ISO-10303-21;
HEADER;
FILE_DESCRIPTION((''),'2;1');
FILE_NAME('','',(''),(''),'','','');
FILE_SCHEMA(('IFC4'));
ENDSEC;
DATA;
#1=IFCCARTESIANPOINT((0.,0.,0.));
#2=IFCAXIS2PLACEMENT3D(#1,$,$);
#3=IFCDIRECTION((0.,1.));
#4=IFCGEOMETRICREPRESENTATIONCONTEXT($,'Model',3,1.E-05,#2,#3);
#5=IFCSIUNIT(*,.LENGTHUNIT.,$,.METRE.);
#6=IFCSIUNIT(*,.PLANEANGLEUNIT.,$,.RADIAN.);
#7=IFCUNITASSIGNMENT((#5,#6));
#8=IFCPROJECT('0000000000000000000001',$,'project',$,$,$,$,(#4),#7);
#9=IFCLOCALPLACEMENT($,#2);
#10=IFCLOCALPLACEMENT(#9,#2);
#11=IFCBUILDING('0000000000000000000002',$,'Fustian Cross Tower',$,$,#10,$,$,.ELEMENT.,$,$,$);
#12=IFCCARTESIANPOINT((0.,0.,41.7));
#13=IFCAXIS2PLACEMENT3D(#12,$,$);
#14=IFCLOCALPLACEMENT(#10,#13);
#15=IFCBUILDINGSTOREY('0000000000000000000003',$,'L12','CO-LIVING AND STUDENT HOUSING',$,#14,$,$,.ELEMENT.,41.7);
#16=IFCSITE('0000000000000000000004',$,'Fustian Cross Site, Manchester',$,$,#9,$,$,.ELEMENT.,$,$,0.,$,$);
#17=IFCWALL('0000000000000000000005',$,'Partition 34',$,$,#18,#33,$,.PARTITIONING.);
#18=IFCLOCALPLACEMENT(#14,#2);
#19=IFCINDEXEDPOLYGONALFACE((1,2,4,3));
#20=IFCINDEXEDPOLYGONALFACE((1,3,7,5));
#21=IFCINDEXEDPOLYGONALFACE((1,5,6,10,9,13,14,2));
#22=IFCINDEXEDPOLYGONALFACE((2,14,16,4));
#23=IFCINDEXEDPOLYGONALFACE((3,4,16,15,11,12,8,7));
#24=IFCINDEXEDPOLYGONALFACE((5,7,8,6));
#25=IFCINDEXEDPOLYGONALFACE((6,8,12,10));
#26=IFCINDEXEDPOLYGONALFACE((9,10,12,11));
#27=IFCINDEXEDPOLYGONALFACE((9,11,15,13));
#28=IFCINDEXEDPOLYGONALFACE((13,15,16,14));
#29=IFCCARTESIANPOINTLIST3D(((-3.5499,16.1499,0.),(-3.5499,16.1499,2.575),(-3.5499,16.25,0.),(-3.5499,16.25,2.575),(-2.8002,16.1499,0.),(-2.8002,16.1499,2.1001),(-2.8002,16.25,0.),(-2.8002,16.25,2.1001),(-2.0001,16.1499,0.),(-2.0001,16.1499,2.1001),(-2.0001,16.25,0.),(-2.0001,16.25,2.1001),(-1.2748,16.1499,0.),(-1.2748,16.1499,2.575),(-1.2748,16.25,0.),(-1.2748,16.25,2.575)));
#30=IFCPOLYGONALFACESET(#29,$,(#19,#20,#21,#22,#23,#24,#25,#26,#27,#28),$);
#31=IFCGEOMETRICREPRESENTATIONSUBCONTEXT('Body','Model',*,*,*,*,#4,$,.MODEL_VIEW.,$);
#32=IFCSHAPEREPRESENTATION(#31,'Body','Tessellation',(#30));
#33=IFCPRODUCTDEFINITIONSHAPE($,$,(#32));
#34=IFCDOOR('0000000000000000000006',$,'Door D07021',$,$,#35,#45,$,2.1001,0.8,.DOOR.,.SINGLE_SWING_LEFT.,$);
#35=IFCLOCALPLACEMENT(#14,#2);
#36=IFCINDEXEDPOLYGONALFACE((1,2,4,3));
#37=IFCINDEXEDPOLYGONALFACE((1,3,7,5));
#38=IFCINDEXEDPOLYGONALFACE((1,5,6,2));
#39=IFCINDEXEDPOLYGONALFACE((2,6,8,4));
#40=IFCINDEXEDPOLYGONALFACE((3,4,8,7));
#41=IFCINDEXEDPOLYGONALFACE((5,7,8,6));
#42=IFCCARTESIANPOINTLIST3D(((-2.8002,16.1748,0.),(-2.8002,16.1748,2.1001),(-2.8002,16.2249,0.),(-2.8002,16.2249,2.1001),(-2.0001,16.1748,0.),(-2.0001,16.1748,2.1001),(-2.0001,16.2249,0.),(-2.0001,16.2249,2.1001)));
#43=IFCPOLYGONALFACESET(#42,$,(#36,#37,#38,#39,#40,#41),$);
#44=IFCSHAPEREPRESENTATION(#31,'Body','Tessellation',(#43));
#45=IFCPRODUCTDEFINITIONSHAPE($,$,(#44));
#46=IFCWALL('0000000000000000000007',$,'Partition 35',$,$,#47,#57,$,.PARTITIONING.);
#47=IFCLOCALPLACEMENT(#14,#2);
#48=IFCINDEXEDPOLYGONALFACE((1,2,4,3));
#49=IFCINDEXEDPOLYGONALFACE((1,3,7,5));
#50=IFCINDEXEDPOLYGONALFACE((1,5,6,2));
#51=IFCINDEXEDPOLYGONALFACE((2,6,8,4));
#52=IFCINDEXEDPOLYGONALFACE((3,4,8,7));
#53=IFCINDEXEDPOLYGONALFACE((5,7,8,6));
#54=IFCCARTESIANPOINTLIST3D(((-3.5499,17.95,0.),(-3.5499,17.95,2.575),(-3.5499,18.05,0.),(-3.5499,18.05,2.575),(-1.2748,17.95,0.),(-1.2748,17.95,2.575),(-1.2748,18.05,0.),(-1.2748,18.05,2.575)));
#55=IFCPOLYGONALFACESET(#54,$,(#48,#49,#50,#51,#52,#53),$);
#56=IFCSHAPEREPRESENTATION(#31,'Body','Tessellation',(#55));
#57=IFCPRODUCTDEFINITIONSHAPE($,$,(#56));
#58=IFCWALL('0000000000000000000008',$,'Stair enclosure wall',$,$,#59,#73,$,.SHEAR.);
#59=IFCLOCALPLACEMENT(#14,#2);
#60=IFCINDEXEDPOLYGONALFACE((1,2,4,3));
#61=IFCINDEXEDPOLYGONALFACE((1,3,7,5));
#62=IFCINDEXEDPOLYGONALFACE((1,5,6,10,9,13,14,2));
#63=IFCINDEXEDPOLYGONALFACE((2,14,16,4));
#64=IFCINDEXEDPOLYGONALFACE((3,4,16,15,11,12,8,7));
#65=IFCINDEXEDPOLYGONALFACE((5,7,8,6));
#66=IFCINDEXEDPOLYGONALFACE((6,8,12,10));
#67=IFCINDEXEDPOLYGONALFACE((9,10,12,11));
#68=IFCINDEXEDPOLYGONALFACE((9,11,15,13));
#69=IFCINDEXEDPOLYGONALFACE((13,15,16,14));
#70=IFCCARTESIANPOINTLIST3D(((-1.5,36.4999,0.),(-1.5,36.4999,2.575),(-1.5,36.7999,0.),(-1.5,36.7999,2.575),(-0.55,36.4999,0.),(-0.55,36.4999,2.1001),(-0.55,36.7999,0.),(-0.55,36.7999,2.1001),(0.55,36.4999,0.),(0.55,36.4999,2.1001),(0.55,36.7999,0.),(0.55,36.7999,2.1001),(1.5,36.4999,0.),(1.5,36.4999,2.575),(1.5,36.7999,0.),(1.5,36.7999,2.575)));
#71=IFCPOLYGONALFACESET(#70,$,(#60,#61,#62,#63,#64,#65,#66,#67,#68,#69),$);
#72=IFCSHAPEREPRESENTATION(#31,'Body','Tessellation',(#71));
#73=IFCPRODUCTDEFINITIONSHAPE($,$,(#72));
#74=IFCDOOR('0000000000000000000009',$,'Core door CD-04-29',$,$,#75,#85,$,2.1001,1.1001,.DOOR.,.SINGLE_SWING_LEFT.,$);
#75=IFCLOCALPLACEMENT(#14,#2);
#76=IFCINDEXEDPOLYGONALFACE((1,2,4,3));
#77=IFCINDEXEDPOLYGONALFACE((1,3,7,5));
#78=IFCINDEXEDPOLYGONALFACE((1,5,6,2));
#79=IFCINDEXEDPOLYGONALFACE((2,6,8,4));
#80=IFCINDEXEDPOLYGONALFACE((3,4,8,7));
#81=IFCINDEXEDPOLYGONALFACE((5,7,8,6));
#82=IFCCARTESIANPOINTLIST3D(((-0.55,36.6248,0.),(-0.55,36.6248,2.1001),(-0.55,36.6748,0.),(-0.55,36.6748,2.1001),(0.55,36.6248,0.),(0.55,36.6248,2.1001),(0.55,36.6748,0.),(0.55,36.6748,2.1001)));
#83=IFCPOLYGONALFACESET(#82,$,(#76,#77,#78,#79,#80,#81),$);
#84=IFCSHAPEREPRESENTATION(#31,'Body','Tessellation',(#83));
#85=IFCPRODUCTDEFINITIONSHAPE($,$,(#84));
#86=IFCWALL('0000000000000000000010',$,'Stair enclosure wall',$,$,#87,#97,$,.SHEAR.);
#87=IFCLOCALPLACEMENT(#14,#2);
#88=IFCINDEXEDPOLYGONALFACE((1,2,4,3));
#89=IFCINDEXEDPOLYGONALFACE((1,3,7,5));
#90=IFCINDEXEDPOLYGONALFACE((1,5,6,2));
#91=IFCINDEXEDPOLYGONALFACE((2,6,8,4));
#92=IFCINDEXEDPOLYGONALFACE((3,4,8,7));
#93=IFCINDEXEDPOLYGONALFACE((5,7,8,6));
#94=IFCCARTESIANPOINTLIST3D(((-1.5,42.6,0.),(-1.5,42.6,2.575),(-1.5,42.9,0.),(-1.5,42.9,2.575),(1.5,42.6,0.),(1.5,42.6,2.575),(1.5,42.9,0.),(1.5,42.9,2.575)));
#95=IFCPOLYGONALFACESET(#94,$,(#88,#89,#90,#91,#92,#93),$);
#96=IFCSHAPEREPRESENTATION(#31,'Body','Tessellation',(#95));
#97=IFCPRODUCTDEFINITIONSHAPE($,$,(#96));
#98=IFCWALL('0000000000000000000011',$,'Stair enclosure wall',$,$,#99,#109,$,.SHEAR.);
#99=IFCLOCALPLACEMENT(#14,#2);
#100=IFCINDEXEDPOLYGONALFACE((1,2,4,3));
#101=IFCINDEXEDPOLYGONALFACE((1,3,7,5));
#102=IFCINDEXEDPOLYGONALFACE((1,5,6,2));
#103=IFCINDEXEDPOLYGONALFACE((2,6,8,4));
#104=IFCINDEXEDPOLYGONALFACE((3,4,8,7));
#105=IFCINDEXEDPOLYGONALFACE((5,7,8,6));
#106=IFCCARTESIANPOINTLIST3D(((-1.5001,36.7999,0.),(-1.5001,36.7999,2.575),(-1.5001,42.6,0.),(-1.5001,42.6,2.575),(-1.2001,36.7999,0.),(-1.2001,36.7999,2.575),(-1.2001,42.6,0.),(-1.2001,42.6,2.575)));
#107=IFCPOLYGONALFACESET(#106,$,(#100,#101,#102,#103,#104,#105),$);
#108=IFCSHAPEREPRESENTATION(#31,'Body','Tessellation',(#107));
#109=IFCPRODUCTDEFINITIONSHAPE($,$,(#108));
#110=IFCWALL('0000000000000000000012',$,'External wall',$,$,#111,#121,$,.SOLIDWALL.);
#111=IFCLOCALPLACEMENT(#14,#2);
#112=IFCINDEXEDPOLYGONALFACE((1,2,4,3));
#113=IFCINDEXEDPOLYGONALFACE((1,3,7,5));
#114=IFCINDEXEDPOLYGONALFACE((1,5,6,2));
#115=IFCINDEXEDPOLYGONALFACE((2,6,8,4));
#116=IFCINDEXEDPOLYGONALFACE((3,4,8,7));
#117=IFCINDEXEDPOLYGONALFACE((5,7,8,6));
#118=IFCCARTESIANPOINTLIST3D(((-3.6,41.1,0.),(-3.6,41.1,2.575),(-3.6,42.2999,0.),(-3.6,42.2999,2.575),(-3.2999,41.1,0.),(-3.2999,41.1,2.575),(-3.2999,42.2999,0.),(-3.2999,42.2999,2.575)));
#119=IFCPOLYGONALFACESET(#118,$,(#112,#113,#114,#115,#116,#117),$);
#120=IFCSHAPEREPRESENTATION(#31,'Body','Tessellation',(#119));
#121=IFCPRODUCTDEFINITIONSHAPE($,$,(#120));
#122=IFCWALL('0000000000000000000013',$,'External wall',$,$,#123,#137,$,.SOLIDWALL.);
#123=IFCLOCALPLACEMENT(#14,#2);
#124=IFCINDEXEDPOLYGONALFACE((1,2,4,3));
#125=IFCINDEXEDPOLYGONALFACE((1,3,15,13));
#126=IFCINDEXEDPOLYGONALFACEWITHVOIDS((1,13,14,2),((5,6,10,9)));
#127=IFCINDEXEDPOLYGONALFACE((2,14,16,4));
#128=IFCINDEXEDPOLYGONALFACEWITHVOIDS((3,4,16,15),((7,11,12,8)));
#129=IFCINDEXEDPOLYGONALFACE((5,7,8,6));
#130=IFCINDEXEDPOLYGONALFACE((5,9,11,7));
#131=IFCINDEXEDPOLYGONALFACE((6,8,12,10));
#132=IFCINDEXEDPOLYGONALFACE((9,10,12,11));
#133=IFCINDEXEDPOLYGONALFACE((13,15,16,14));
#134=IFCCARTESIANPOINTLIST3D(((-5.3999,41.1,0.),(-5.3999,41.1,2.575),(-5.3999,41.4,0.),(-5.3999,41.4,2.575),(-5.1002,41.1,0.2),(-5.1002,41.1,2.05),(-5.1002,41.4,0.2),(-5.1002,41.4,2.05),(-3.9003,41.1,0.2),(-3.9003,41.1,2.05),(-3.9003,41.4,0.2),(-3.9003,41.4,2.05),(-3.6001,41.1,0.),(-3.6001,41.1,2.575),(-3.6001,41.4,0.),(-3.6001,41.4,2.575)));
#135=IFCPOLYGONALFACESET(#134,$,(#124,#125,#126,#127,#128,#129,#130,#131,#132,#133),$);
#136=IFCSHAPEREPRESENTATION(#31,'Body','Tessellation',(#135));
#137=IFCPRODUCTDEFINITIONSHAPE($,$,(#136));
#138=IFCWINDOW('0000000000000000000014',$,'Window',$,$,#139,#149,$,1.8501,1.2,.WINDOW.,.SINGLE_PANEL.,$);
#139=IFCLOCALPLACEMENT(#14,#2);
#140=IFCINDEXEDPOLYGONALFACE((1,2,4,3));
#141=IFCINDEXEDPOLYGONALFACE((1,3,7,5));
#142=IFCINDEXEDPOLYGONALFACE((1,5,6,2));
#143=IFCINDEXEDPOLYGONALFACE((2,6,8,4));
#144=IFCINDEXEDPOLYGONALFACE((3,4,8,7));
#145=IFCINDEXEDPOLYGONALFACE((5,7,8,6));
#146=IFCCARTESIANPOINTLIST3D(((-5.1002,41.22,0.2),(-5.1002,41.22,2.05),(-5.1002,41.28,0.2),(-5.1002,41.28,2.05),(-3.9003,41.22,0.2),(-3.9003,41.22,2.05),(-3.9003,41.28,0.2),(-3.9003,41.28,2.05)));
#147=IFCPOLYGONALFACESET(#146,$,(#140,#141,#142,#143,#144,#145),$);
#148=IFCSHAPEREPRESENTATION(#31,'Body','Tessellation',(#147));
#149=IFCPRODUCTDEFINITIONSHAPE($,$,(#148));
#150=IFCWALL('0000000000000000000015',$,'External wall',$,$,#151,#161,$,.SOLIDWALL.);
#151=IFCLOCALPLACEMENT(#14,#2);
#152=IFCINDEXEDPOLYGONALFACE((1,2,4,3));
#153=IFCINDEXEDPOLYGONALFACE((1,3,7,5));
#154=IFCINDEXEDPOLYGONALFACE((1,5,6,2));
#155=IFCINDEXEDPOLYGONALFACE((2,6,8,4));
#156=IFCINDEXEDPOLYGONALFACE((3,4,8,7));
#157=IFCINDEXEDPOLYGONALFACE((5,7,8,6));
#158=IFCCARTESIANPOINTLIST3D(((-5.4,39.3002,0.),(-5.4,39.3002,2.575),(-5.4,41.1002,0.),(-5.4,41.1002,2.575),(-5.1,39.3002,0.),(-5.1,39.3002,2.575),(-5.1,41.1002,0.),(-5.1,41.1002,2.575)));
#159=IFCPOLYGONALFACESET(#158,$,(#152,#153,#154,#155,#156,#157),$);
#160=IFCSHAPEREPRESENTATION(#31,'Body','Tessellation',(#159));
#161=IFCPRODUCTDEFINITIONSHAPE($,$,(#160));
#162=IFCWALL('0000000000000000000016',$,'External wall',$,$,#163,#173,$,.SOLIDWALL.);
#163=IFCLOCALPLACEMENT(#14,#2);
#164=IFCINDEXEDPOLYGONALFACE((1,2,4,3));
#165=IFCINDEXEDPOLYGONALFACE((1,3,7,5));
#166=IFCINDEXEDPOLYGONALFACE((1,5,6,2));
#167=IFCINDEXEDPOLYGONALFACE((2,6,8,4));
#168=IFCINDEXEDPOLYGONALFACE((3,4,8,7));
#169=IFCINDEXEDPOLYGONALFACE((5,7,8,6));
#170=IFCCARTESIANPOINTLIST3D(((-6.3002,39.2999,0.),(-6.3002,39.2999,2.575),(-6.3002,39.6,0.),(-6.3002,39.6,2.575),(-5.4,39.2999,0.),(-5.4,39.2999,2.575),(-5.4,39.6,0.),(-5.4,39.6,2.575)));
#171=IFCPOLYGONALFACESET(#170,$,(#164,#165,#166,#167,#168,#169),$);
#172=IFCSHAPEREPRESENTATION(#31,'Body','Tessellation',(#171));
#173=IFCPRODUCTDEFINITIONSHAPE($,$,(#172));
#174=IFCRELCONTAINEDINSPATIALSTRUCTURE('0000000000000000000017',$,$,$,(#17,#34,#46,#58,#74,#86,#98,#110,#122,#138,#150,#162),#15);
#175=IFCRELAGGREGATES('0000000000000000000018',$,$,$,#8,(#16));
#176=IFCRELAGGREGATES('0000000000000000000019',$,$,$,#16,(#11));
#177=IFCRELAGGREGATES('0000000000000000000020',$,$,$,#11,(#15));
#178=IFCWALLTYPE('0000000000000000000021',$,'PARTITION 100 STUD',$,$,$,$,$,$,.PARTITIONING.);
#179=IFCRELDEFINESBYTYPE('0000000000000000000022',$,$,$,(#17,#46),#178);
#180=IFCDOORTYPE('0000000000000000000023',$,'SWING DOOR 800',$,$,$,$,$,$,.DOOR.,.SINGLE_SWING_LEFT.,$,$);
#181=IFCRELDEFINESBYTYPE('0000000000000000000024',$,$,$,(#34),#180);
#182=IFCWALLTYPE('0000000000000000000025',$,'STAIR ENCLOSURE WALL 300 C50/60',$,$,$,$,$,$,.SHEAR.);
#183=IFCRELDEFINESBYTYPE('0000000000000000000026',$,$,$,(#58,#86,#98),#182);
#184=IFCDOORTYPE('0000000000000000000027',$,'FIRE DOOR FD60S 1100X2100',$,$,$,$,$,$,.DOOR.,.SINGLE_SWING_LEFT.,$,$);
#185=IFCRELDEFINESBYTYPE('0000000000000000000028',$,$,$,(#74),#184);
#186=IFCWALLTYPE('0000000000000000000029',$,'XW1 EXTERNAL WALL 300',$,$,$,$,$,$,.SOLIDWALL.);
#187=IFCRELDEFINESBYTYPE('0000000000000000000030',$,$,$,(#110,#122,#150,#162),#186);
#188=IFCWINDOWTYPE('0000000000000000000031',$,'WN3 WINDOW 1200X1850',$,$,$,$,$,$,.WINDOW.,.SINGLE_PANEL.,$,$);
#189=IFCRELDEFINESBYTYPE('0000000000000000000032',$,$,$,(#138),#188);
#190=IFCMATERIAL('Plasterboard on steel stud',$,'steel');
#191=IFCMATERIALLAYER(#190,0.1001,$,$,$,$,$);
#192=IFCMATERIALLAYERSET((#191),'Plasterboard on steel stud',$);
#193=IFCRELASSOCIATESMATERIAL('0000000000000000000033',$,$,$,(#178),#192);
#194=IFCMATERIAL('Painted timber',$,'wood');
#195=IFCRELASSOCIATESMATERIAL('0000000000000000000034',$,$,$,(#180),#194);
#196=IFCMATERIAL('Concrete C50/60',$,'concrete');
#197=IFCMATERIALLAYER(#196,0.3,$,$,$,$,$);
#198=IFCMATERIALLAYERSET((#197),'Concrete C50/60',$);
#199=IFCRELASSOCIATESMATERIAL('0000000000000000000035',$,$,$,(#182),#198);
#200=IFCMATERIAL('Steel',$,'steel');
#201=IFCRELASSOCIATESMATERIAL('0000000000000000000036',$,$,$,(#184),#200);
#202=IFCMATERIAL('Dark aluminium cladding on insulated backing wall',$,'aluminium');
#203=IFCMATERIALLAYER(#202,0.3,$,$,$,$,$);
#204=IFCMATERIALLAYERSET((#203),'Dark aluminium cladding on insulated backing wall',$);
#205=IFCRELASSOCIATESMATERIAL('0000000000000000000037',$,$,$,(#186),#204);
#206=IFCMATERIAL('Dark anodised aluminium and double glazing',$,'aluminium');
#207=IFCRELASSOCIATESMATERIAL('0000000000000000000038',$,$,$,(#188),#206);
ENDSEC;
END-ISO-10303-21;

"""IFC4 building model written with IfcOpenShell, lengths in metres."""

from ifc_helpers import new_model, si_unit, direction, frame, frame_2d, origin, place, context, subcontext, project, spatial, rectangle, extrude, material, layer, layer_set, type_object, element, fill, save


model = new_model("IFC4")

# Units and contexts
model_context = context("Model", 3, precision=1e-05, world=origin(), true_north=direction((0.0, 1.0)))
body_context = subcontext(model_context, "Body", "Model", "MODEL_VIEW")
ifc_project = project(units=[si_unit("LENGTHUNIT", "METRE"), si_unit("PLANEANGLEUNIT", "RADIAN")], contexts=[model_context])

# Site, building, storey
site_placement = place(None, origin())
site = spatial("IfcSite", under=ifc_project, at=site_placement, Name="Fustian Cross Site, Manchester", CompositionType="ELEMENT", RefElevation=0.0)
building_placement = place(site_placement, origin())
building = spatial("IfcBuilding", under=site, at=building_placement, Name="Fustian Cross Tower", CompositionType="ELEMENT")
storey_placement = place(building_placement, frame((0.0, 0.0, 41.7)))
storey = spatial("IfcBuildingStorey", under=building, at=storey_placement, Name="L12", Description="CO-LIVING AND STUDENT HOUSING", CompositionType="ELEMENT", Elevation=41.7)

# Shared definitions
ifc_material_1 = material(Name="Plasterboard on steel stud", Category="steel")
ifc_layer_1 = layer(ifc_material_1, 0.1001)
ifc_layer_set_1 = layer_set([ifc_layer_1], Name="Plasterboard on steel stud")
wall_type_1 = type_object("IfcWallType", Name="PARTITION 100 STUD", PredefinedType="PARTITIONING", material=ifc_layer_set_1)

# Wall, opening, door
wall_1_placement = place(storey_placement, frame((-3.55, 16.2, 0.0), z_axis=(0.0, 0.0, 1.0), x_axis=(1.0, 0.0, 0.0)))
wall_1 = element("IfcWall", 1, at=wall_1_placement, inside=storey, type_object=wall_type_1, Name="Partition 34", PredefinedType="PARTITIONING", context=body_context, shape_type="SweptSolid", body=[
    extrude(rectangle(XDim=2.2751, YDim=0.1001, at=frame_2d((1.1377, 0.0))), origin(), (0.0, 0.0, 1.0), 2.575),
])
opening_1_placement = place(wall_1_placement, frame((0.75, 0.0, 0.0)))
opening_1 = element("IfcOpeningElement", 2, at=opening_1_placement, cuts=wall_1, PredefinedType="OPENING", context=body_context, shape_type="SweptSolid", body=[
    extrude(rectangle(XDim=0.8, YDim=2.1001, at=frame_2d((0.3999, 1.05))), frame((0.0, 0.0601, 0.0), z_axis=(0.0, -1.0, 0.0), x_axis=(1.0, 0.0, 0.0)), (0.0, 0.0, 1.0), 0.1201),
])
ifc_material_2 = material(Name="Painted timber", Category="wood")
door_type_1 = type_object("IfcDoorType", Name="SWING DOOR 800", OperationType="SINGLE_SWING_LEFT", PredefinedType="DOOR", material=ifc_material_2)
door_1_placement = place(opening_1_placement, origin())
door_1 = element("IfcDoor", 3, at=door_1_placement, inside=storey, type_object=door_type_1, Name="Door D07021", OperationType="SINGLE_SWING_LEFT", OverallHeight=2.1001, OverallWidth=0.8, PredefinedType="DOOR", context=body_context, shape_type="SweptSolid", body=[
    extrude(rectangle(XDim=0.8, YDim=2.1001, at=frame_2d((0.3999, 1.05))), frame((0.0, 0.0249, 0.0), z_axis=(0.0, -1.0, 0.0), x_axis=(1.0, 0.0, 0.0)), (0.0, 0.0, 1.0), 0.05),
])
fill(opening_1, door_1)

# Wall
wall_2_placement = place(storey_placement, frame((-3.55, 18.0, 0.0), z_axis=(0.0, 0.0, 1.0), x_axis=(1.0, 0.0, 0.0)))
element("IfcWall", 4, at=wall_2_placement, inside=storey, type_object=wall_type_1, Name="Partition 35", PredefinedType="PARTITIONING", context=body_context, shape_type="SweptSolid", body=[
    extrude(rectangle(XDim=2.2751, YDim=0.1001, at=frame_2d((1.1377, 0.0))), origin(), (0.0, 0.0, 1.0), 2.575),
])

# Wall, opening, door
ifc_material_3 = material(Name="Concrete C50/60", Category="concrete")
ifc_layer_2 = layer(ifc_material_3, 0.3)
ifc_layer_set_2 = layer_set([ifc_layer_2], Name="Concrete C50/60")
wall_type_2 = type_object("IfcWallType", Name="STAIR ENCLOSURE WALL 300 C50/60", PredefinedType="SHEAR", material=ifc_layer_set_2)
wall_3_placement = place(storey_placement, frame((-1.5, 36.6499, 0.0), z_axis=(0.0, 0.0, 1.0), x_axis=(1.0, 0.0, 0.0)))
wall_3 = element("IfcWall", 5, at=wall_3_placement, inside=storey, type_object=wall_type_2, Name="Stair enclosure wall", PredefinedType="SHEAR", context=body_context, shape_type="SweptSolid", body=[
    extrude(rectangle(XDim=3.0, YDim=0.3, at=frame_2d((1.5, 0.0))), origin(), (0.0, 0.0, 1.0), 2.575),
])
opening_2_placement = place(wall_3_placement, frame((0.95, 0.0, 0.0)))
opening_2 = element("IfcOpeningElement", 6, at=opening_2_placement, cuts=wall_3, PredefinedType="OPENING", context=body_context, shape_type="SweptSolid", body=[
    extrude(rectangle(XDim=1.1001, YDim=2.1001, at=frame_2d((0.55, 1.05))), frame((0.0, 0.1599, 0.0), z_axis=(0.0, -1.0, 0.0), x_axis=(1.0, 0.0, 0.0)), (0.0, 0.0, 1.0), 0.3201),
])
ifc_material_4 = material(Name="Steel", Category="steel")
door_type_2 = type_object("IfcDoorType", Name="FIRE DOOR FD60S 1100X2100", OperationType="SINGLE_SWING_LEFT", PredefinedType="DOOR", material=ifc_material_4)
door_2_placement = place(opening_2_placement, origin())
door_2 = element("IfcDoor", 7, at=door_2_placement, inside=storey, type_object=door_type_2, Name="Core door CD-04-29", OperationType="SINGLE_SWING_LEFT", OverallHeight=2.1001, OverallWidth=1.1001, PredefinedType="DOOR", context=body_context, shape_type="SweptSolid", body=[
    extrude(rectangle(XDim=1.1001, YDim=2.1001, at=frame_2d((0.55, 1.05))), frame((0.0, 0.0249, 0.0), z_axis=(0.0, -1.0, 0.0), x_axis=(1.0, 0.0, 0.0)), (0.0, 0.0, 1.0), 0.05),
])
fill(opening_2, door_2)

# Walls
wall_4_placement = place(storey_placement, frame((-1.5, 42.75, 0.0), z_axis=(0.0, 0.0, 1.0), x_axis=(1.0, 0.0, 0.0)))
element("IfcWall", 8, at=wall_4_placement, inside=storey, type_object=wall_type_2, Name="Stair enclosure wall", PredefinedType="SHEAR", context=body_context, shape_type="SweptSolid", body=[
    extrude(rectangle(XDim=3.0, YDim=0.3, at=frame_2d((1.5, 0.0))), origin(), (0.0, 0.0, 1.0), 2.575),
])
wall_5_placement = place(storey_placement, frame((-1.3501, 36.8, 0.0), z_axis=(0.0, 0.0, 1.0), x_axis=(0.0, 1.0, 0.0)))
element("IfcWall", 9, at=wall_5_placement, inside=storey, type_object=wall_type_2, Name="Stair enclosure wall", PredefinedType="SHEAR", context=body_context, shape_type="SweptSolid", body=[
    extrude(rectangle(XDim=5.8, YDim=0.3, at=frame_2d((2.8999, 0.0))), origin(), (0.0, 0.0, 1.0), 2.575),
])
ifc_material_5 = material(Name="Dark aluminium cladding on insulated backing wall", Category="aluminium")
ifc_layer_3 = layer(ifc_material_5, 0.3)
ifc_layer_set_3 = layer_set([ifc_layer_3], Name="Dark aluminium cladding on insulated backing wall")
wall_type_3 = type_object("IfcWallType", Name="XW1 EXTERNAL WALL 300", PredefinedType="SOLIDWALL", material=ifc_layer_set_3)
wall_6_placement = place(storey_placement, frame((-3.45, 42.3, 0.0), z_axis=(0.0, 0.0, 1.0), x_axis=(0.0, -1.0, 0.0)))
element("IfcWall", 10, at=wall_6_placement, inside=storey, type_object=wall_type_3, Name="External wall", PredefinedType="SOLIDWALL", context=body_context, shape_type="SweptSolid", body=[
    extrude(rectangle(XDim=1.2, YDim=0.3, at=frame_2d((0.6001, 0.0))), origin(), (0.0, 0.0, 1.0), 2.575),
])

# Wall, opening, window
wall_7_placement = place(storey_placement, frame((-3.6001, 41.25, 0.0), z_axis=(0.0, 0.0, 1.0), x_axis=(-1.0, 0.0, 0.0)))
wall_7 = element("IfcWall", 11, at=wall_7_placement, inside=storey, type_object=wall_type_3, Name="External wall", PredefinedType="SOLIDWALL", context=body_context, shape_type="SweptSolid", body=[
    extrude(rectangle(XDim=1.7998, YDim=0.3, at=frame_2d((0.8999, 0.0))), origin(), (0.0, 0.0, 1.0), 2.575),
])
opening_3_placement = place(wall_7_placement, frame((0.3, 0.0, 0.2)))
opening_3 = element("IfcOpeningElement", 12, at=opening_3_placement, cuts=wall_7, PredefinedType="OPENING", context=body_context, shape_type="SweptSolid", body=[
    extrude(rectangle(XDim=1.2, YDim=1.8501, at=frame_2d((0.6001, 0.925))), frame((0.0, 0.1599, 0.0), z_axis=(0.0, -1.0, 0.0), x_axis=(1.0, 0.0, 0.0)), (0.0, 0.0, 1.0), 0.3201),
])
ifc_material_6 = material(Name="Dark anodised aluminium and double glazing", Category="aluminium")
window_type = type_object("IfcWindowType", Name="WN3 WINDOW 1200X1850", PartitioningType="SINGLE_PANEL", PredefinedType="WINDOW", material=ifc_material_6)
window_placement = place(opening_3_placement, origin())
window = element("IfcWindow", 13, at=window_placement, inside=storey, type_object=window_type, Name="Window", OverallHeight=1.8501, OverallWidth=1.2, PartitioningType="SINGLE_PANEL", PredefinedType="WINDOW", context=body_context, shape_type="SweptSolid", body=[
    extrude(rectangle(XDim=1.2, YDim=1.8501, at=frame_2d((0.6001, 0.925))), frame((0.0, 0.03, 0.0), z_axis=(0.0, -1.0, 0.0), x_axis=(1.0, 0.0, 0.0)), (0.0, 0.0, 1.0), 0.0601),
])
fill(opening_3, window)

# Walls
wall_8_placement = place(storey_placement, frame((-5.25, 41.1001, 0.0), z_axis=(0.0, 0.0, 1.0), x_axis=(0.0, -1.0, 0.0)))
element("IfcWall", 14, at=wall_8_placement, inside=storey, type_object=wall_type_3, Name="External wall", PredefinedType="SOLIDWALL", context=body_context, shape_type="SweptSolid", body=[
    extrude(rectangle(XDim=1.8, YDim=0.3, at=frame_2d((0.8999, 0.0))), origin(), (0.0, 0.0, 1.0), 2.575),
])
wall_9_placement = place(storey_placement, frame((-5.3999, 39.45, 0.0), z_axis=(0.0, 0.0, 1.0), x_axis=(-1.0, 0.0, 0.0)))
element("IfcWall", 15, at=wall_9_placement, inside=storey, type_object=wall_type_3, Name="External wall", PredefinedType="SOLIDWALL", context=body_context, shape_type="SweptSolid", body=[
    extrude(rectangle(XDim=0.9001, YDim=0.3, at=frame_2d((0.4502, 0.0))), origin(), (0.0, 0.0, 1.0), 2.575),
])

save(model, "model.ifc")
